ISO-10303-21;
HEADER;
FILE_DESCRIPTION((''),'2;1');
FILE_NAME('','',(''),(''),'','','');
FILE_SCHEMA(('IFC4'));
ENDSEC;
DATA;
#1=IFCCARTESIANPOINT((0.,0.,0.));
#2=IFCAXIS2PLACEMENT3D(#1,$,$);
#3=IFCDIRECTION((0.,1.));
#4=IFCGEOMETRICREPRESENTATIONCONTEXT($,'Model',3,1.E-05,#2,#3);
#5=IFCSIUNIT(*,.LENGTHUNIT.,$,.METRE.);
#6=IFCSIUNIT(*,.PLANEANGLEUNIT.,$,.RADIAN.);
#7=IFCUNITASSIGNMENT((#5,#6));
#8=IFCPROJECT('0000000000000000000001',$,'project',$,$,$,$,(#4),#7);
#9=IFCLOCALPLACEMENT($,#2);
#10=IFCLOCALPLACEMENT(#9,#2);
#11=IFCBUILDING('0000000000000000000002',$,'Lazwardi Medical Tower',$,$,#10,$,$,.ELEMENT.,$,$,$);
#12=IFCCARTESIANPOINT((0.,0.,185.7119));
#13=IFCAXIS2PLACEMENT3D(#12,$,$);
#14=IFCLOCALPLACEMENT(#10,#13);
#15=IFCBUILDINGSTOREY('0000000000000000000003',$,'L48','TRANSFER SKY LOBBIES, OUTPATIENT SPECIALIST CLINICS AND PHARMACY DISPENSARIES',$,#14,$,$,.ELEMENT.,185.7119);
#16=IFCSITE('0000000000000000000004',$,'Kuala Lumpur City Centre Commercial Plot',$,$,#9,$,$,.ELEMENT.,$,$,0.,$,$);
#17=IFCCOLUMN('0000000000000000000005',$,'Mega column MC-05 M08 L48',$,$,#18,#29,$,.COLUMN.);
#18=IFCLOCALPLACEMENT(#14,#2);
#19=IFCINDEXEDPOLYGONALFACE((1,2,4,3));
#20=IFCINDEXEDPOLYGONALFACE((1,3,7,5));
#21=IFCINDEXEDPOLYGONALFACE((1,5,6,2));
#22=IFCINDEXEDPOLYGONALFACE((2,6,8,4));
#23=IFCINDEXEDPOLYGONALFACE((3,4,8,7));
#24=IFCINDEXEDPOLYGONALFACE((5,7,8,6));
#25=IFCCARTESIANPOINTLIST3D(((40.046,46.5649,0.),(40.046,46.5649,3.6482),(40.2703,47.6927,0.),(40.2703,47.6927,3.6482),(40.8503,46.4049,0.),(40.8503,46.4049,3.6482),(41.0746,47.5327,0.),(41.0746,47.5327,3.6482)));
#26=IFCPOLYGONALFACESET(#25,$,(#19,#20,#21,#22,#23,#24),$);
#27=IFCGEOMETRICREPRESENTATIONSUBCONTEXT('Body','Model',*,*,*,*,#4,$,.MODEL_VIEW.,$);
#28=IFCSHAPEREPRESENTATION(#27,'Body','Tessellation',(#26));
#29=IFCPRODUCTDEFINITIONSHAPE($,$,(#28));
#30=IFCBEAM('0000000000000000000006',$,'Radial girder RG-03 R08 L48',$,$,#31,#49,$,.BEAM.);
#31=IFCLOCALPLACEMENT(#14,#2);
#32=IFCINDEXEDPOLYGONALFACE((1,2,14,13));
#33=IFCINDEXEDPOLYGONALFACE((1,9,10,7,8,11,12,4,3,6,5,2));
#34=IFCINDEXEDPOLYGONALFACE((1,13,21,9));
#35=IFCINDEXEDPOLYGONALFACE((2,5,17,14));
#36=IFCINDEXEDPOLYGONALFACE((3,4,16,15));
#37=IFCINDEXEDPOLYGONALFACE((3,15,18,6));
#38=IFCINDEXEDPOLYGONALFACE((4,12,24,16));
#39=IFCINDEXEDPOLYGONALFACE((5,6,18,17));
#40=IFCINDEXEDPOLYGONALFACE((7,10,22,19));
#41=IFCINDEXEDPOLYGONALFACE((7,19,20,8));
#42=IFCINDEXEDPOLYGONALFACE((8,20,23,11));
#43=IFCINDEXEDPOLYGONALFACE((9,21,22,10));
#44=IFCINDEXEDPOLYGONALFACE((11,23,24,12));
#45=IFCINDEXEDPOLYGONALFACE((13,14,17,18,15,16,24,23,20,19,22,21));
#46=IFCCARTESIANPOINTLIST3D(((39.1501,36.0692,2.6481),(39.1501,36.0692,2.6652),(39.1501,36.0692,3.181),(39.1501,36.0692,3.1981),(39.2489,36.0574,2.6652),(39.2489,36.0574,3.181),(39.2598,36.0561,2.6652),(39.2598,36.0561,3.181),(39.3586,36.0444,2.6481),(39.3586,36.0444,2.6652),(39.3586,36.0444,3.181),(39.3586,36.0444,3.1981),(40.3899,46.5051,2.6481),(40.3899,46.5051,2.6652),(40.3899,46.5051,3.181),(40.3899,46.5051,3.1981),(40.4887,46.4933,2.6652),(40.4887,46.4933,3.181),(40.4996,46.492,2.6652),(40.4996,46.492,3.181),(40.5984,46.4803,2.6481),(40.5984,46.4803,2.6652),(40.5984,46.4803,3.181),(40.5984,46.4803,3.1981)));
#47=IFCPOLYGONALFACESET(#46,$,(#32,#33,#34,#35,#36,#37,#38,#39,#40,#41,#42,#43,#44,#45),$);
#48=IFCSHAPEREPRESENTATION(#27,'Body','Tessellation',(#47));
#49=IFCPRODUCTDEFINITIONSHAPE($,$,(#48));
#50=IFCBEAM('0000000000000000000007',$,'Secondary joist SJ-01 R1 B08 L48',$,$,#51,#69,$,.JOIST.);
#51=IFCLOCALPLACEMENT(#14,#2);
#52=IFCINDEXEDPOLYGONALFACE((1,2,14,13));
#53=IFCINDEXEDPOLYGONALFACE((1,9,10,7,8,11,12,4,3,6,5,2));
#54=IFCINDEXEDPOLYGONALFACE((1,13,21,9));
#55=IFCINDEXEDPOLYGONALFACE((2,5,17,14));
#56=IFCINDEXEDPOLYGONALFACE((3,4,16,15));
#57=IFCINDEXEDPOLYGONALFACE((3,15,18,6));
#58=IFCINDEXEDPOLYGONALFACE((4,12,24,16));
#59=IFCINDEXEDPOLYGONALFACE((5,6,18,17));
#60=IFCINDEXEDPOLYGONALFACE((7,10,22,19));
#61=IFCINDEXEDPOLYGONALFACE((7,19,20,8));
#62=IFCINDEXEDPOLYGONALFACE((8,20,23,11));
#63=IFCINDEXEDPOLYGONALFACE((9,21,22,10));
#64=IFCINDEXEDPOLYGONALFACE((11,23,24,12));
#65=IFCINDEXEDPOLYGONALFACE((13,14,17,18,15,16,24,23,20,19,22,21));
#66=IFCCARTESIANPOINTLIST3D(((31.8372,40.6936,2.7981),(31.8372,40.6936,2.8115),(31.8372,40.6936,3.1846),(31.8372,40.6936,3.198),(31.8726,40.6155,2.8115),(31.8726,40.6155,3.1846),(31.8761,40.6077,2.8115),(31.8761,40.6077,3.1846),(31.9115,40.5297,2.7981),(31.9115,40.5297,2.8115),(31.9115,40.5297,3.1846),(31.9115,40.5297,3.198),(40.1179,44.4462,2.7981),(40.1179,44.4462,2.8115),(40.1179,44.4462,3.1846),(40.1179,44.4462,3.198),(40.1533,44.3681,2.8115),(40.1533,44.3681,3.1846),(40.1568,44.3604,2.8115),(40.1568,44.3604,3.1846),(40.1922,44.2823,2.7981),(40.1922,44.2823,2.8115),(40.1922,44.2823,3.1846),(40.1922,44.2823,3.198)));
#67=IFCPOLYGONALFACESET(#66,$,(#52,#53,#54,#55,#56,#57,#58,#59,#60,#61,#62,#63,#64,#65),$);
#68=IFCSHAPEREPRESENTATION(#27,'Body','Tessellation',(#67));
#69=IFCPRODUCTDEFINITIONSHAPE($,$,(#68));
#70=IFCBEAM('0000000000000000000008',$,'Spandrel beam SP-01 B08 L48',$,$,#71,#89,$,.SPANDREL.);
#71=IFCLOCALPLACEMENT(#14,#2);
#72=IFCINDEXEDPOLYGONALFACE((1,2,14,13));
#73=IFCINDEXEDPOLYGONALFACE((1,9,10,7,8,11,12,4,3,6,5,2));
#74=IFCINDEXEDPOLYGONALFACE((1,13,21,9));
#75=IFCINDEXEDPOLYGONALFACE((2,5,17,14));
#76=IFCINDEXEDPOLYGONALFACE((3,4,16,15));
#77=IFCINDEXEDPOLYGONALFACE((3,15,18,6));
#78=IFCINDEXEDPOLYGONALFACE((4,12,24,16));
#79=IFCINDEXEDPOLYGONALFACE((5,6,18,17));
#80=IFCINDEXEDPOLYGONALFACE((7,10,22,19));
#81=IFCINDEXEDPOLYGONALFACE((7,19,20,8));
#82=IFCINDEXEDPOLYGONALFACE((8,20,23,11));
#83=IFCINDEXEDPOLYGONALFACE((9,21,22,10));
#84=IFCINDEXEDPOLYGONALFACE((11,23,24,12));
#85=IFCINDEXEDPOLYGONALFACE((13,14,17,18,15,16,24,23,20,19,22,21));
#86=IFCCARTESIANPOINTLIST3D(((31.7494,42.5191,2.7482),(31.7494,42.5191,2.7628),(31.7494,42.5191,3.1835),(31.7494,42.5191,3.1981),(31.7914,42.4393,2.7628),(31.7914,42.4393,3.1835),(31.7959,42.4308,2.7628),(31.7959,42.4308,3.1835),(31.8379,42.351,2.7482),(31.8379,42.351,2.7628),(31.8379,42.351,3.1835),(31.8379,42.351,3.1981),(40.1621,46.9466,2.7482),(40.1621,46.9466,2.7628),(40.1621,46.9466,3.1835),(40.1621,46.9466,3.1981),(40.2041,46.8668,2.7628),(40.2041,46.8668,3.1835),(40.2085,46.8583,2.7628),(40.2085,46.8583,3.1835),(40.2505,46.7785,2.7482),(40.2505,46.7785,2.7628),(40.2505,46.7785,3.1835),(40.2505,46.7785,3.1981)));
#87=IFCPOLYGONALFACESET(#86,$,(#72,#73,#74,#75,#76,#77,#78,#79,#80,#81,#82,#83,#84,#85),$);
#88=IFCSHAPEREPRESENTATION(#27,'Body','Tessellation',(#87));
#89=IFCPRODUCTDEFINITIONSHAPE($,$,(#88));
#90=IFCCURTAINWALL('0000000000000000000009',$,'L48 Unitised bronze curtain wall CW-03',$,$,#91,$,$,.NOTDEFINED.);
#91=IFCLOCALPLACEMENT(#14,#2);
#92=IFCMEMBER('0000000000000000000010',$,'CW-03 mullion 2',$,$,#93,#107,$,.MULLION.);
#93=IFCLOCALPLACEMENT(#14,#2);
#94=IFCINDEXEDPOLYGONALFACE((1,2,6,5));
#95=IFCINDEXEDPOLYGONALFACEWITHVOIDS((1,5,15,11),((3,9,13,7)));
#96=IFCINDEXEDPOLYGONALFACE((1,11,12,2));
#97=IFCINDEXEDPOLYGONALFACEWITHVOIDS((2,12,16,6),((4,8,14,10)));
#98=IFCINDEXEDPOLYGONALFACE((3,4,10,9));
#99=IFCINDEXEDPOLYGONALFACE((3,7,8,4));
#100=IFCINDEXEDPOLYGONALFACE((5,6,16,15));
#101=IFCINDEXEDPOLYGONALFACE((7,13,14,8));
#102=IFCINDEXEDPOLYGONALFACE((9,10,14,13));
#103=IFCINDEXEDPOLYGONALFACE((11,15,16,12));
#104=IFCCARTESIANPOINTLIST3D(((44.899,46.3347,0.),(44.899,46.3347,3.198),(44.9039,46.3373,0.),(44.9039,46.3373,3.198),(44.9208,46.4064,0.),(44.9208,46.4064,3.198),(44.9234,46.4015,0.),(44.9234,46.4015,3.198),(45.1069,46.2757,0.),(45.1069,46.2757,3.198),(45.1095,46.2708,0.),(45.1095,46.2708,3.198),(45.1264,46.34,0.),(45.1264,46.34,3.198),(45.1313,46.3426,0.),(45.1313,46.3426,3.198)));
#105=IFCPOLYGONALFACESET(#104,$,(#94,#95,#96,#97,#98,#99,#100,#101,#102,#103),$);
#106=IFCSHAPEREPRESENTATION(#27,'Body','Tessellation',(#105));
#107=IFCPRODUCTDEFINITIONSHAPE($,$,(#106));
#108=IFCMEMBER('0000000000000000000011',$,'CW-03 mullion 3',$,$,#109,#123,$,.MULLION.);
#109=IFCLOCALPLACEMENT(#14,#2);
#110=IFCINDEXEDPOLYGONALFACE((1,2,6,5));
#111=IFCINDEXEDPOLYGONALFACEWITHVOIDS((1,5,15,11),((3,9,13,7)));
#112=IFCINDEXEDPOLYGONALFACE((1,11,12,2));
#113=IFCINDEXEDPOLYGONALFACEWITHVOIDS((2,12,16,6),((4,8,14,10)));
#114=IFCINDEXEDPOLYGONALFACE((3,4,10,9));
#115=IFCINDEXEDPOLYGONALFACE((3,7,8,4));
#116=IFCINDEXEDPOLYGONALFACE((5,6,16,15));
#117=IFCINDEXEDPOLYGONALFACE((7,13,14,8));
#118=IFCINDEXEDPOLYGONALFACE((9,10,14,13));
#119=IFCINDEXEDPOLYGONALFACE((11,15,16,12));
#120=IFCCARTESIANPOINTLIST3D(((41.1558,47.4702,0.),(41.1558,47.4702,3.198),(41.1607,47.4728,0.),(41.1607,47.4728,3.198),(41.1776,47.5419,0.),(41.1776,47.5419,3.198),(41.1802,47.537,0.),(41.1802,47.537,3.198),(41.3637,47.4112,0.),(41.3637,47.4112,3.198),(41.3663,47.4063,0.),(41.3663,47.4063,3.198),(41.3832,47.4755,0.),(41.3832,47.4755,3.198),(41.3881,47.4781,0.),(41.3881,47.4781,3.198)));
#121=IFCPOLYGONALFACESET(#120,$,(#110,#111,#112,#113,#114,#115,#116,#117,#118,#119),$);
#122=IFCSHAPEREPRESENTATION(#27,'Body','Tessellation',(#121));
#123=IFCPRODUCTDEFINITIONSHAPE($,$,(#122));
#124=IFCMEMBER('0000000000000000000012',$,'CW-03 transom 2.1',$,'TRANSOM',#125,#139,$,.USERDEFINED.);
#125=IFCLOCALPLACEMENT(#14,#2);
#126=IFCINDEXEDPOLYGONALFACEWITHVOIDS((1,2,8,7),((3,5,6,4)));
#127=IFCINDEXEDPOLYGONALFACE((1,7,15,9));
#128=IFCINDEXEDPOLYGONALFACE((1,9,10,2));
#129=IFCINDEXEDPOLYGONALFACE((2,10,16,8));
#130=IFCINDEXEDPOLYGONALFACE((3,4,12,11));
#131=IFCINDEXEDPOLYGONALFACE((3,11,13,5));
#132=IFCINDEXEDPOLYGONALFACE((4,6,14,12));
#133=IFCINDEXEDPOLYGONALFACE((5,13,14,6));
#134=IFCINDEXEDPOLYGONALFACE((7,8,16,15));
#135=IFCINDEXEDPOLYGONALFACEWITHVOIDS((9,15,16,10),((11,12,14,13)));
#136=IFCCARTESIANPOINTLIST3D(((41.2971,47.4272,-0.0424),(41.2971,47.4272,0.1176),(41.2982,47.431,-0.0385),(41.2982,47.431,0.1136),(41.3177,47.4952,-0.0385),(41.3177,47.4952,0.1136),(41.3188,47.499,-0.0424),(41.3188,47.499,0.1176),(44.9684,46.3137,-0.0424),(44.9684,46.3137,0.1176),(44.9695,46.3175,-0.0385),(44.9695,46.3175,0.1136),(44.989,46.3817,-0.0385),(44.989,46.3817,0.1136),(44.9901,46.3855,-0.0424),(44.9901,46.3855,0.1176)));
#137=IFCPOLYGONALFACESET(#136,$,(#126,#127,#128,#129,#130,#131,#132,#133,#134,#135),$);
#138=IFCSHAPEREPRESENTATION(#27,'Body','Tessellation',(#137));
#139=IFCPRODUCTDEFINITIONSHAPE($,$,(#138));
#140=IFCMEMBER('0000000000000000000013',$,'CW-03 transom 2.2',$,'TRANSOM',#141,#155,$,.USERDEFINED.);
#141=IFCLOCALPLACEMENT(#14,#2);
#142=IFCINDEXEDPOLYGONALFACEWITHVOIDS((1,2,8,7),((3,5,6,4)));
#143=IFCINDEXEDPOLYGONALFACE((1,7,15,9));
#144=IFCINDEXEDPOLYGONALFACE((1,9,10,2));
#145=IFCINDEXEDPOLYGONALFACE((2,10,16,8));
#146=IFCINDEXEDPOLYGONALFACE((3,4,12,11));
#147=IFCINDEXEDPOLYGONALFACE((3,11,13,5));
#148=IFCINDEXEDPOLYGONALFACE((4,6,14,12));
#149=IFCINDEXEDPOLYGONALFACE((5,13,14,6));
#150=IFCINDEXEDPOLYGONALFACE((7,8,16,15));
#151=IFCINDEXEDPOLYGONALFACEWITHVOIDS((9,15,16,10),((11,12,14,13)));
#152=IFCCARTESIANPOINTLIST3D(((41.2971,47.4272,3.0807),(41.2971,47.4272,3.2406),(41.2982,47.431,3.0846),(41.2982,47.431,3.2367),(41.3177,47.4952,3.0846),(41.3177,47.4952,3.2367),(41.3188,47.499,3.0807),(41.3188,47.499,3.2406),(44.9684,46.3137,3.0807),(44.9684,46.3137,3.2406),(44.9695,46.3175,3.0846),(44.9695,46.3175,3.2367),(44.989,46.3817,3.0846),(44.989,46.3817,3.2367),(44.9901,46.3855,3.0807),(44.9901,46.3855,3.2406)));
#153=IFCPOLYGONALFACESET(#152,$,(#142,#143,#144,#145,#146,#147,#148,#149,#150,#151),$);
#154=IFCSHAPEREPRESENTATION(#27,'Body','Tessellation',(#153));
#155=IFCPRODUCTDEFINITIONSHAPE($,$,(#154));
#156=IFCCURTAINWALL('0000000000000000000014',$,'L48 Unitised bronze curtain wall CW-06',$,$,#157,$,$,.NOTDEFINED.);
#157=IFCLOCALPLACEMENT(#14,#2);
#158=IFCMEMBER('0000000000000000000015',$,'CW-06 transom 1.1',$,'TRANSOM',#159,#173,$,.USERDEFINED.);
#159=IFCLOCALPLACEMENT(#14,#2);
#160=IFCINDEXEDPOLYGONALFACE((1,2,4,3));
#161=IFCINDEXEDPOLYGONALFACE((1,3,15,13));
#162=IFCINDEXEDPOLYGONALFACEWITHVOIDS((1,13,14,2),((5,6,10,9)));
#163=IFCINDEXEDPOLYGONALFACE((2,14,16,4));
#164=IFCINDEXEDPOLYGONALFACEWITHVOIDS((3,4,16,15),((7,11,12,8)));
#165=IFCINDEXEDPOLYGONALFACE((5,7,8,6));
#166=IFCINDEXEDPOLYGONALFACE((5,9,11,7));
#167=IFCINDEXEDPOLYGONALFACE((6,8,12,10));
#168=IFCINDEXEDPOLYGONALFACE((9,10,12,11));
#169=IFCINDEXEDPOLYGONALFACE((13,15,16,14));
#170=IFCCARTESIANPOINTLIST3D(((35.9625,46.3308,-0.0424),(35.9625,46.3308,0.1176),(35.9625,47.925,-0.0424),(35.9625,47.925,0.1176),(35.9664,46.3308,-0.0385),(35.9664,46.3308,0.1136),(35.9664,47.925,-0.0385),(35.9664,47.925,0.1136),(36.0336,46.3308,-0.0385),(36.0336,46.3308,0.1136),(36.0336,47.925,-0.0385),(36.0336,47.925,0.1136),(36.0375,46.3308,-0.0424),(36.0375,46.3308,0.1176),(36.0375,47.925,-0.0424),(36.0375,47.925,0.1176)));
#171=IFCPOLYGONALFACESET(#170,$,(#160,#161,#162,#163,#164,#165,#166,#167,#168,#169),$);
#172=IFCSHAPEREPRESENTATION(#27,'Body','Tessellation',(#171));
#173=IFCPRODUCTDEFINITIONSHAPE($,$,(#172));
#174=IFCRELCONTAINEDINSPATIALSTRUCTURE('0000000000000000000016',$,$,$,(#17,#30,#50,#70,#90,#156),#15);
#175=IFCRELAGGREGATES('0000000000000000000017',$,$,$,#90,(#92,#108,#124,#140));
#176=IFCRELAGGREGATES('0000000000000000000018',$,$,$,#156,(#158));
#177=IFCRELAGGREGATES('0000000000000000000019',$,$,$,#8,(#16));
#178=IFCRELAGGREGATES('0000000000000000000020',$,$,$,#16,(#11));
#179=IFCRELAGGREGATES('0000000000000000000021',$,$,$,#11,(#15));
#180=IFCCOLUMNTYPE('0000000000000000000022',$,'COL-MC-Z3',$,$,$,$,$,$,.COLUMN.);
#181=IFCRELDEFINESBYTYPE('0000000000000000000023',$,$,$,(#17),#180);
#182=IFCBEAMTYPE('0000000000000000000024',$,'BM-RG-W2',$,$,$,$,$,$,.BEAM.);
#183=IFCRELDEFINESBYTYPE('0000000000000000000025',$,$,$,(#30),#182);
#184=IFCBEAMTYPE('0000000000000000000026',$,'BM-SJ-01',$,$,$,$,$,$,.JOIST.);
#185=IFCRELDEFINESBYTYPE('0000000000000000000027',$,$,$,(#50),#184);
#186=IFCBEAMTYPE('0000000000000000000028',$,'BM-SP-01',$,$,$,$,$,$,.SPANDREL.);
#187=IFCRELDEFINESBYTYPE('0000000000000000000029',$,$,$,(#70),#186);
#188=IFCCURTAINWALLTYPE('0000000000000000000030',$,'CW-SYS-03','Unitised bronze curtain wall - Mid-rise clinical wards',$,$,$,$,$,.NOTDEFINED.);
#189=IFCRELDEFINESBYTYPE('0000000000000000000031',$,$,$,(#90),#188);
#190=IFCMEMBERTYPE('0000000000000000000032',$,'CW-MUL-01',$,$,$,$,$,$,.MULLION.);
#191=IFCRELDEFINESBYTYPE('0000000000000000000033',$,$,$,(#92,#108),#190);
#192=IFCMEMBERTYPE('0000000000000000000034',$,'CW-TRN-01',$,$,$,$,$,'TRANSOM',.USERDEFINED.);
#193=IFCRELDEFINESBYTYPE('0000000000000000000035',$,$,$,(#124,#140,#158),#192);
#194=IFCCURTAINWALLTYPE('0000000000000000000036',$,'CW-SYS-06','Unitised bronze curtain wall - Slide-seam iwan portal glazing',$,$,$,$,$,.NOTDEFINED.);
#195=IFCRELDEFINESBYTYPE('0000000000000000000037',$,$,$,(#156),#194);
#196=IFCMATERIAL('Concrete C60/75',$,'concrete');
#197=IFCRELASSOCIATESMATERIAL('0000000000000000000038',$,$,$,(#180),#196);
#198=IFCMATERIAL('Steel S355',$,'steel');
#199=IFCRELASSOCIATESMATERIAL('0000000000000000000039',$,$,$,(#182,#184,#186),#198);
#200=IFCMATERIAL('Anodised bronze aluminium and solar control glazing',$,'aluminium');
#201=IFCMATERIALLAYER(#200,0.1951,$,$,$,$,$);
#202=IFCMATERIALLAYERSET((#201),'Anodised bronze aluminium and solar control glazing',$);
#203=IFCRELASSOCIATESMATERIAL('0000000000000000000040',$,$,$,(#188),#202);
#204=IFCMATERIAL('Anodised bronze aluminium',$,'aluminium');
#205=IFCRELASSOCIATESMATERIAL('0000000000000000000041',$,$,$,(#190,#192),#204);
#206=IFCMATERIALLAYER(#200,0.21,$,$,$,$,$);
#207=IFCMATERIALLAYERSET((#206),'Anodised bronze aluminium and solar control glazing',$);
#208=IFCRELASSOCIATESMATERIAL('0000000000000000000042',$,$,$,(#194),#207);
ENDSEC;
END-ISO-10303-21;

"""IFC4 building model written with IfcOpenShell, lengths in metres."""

from ifc_helpers import new_model, si_unit, direction, frame, origin, origin_2d, place, context, subcontext, project, spatial, rectangle, hollow_rectangle, i_section, extrude, material, layer, layer_set, material_profile, profile_set, type_object, element, aggregate, save


model = new_model("IFC4")

# Units and contexts
model_context = context("Model", 3, precision=1e-05, world=origin(), true_north=direction((0.0, 1.0)))
body_context = subcontext(model_context, "Body", "Model", "MODEL_VIEW")
ifc_project = project(units=[si_unit("LENGTHUNIT", "METRE"), si_unit("PLANEANGLEUNIT", "RADIAN")], contexts=[model_context])

# Site, building, storey
site_placement = place(None, origin())
site = spatial("IfcSite", under=ifc_project, at=site_placement, Name="Kuala Lumpur City Centre Commercial Plot", CompositionType="ELEMENT", RefElevation=0.0)
building_placement = place(site_placement, origin())
building = spatial("IfcBuilding", under=site, at=building_placement, Name="Lazwardi Medical Tower", CompositionType="ELEMENT")
storey_placement = place(building_placement, frame((0.0, 0.0, 185.7119)))
storey = spatial("IfcBuildingStorey", under=building, at=storey_placement, Name="L48", Description="TRANSFER SKY LOBBIES, OUTPATIENT SPECIALIST CLINICS AND PHARMACY DISPENSARIES", CompositionType="ELEMENT", Elevation=185.7119)

# Column
ifc_material_1 = material(Name="Concrete C60/75", Category="concrete")
ifc_material_profile_1 = material_profile(ifc_material_1, rectangle(XDim=1.1499, YDim=0.8201, at=origin_2d()), Name="CFT-RECT 1150x820")
ifc_profile_set_1 = profile_set([ifc_material_profile_1], Name="Concrete C60/75")
column_type = type_object("IfcColumnType", Name="COL-MC-Z3", PredefinedType="COLUMN", material=ifc_profile_set_1)
column_placement = place(storey_placement, frame((40.5603, 47.0488, 0.0), z_axis=(0.0, 0.0, 1.0), x_axis=(0.19509, 0.980785, 0.0)))
element("IfcColumn", 1, at=column_placement, inside=storey, type_object=column_type, Name="Mega column MC-05 M08 L48", PredefinedType="COLUMN", context=body_context, shape_type="SweptSolid", body=[
    extrude(rectangle(XDim=1.1499, YDim=0.8201, at=origin_2d()), origin(), (0.0, 0.0, 1.0), 3.6482),
])

# Beams
ifc_material_2 = material(Name="Steel S355", Category="steel")
ifc_material_profile_2 = material_profile(ifc_material_2, i_section(OverallWidth=0.21, OverallDepth=0.55, WebThickness=0.011, FlangeThickness=0.0171, at=origin_2d()), Name="IPE 550")
ifc_profile_set_2 = profile_set([ifc_material_profile_2], Name="Steel S355")
beam_type_1 = type_object("IfcBeamType", Name="BM-RG-W2", PredefinedType="BEAM", material=ifc_profile_set_2)
beam_1_placement = place(storey_placement, frame((40.4941, 46.4927, 2.9231), z_axis=(-0.117968, -0.993017, 0.0), x_axis=(0.993017, -0.117968, 0.0)))
element("IfcBeam", 2, at=beam_1_placement, inside=storey, type_object=beam_type_1, Name="Radial girder RG-03 R08 L48", PredefinedType="BEAM", context=body_context, shape_type="SweptSolid", body=[
    extrude(i_section(OverallWidth=0.21, OverallDepth=0.55, WebThickness=0.011, FlangeThickness=0.0171, at=origin_2d()), origin(), (0.0, 0.0, 1.0), 10.5093),
])
ifc_material_profile_3 = material_profile(ifc_material_2, i_section(OverallWidth=0.1799, OverallDepth=0.3999, WebThickness=0.0085, FlangeThickness=0.0134, at=origin_2d()), Name="IPE 400")
ifc_profile_set_3 = profile_set([ifc_material_profile_3], Name="Steel S355")
beam_type_2 = type_object("IfcBeamType", Name="BM-SJ-01", PredefinedType="JOIST", material=ifc_profile_set_3)
beam_2_placement = place(storey_placement, frame((40.155, 44.3643, 2.998), z_axis=(-0.910834, -0.412773, 0.0), x_axis=(0.412773, -0.910834, 0.0)))
element("IfcBeam", 3, at=beam_2_placement, inside=storey, type_object=beam_type_2, Name="Secondary joist SJ-01 R1 B08 L48", PredefinedType="JOIST", context=body_context, shape_type="SweptSolid", body=[
    extrude(i_section(OverallWidth=0.1799, OverallDepth=0.3999, WebThickness=0.0085, FlangeThickness=0.0134, at=origin_2d()), origin(), (0.0, 0.0, 1.0), 9.0913),
])
ifc_material_profile_4 = material_profile(ifc_material_2, i_section(OverallWidth=0.1899, OverallDepth=0.45, WebThickness=0.0095, FlangeThickness=0.0146, at=origin_2d()), Name="IPE 450")
ifc_profile_set_4 = profile_set([ifc_material_profile_4], Name="Steel S355")
beam_type_3 = type_object("IfcBeamType", Name="BM-SP-01", PredefinedType="SPANDREL", material=ifc_profile_set_4)
beam_3_placement = place(storey_placement, frame((40.2063, 46.8625, 2.9731), z_axis=(-0.884927, -0.465731, 0.0), x_axis=(0.465731, -0.884927, 0.0)))
element("IfcBeam", 4, at=beam_3_placement, inside=storey, type_object=beam_type_3, Name="Spandrel beam SP-01 B08 L48", PredefinedType="SPANDREL", context=body_context, shape_type="SweptSolid", body=[
    extrude(i_section(OverallWidth=0.1899, OverallDepth=0.45, WebThickness=0.0095, FlangeThickness=0.0146, at=origin_2d()), origin(), (0.0, 0.0, 1.0), 9.5066),
])

# Curtain walls, members
ifc_material_3 = material(Name="Anodised bronze aluminium and solar control glazing", Category="aluminium")
ifc_layer_1 = layer(ifc_material_3, 0.1951)
ifc_layer_set_1 = layer_set([ifc_layer_1], Name="Anodised bronze aluminium and solar control glazing")
curtain_wall_type_1 = type_object("IfcCurtainWallType", Name="CW-SYS-03", Description="Unitised bronze curtain wall - Mid-rise clinical wards", PredefinedType="NOTDEFINED", material=ifc_layer_set_1)
curtain_wall_1_placement = place(storey_placement, origin())
curtain_wall_1 = element("IfcCurtainWall", 5, at=curtain_wall_1_placement, inside=storey, type_object=curtain_wall_type_1, Name="L48 Unitised bronze curtain wall CW-03", PredefinedType="NOTDEFINED")
ifc_material_4 = material(Name="Anodised bronze aluminium", Category="aluminium")
ifc_material_profile_5 = material_profile(ifc_material_4, hollow_rectangle(XDim=0.075, YDim=0.22, WallThickness=0.0039, at=origin_2d()), Name="ALU-MULLION 220x75x4")
ifc_profile_set_5 = profile_set([ifc_material_profile_5], Name="Anodised bronze aluminium")
member_type_1 = type_object("IfcMemberType", Name="CW-MUL-01", PredefinedType="MULLION", material=ifc_profile_set_5)
member_1_placement = place(storey_placement, frame((45.0151, 46.3386, 0.0), z_axis=(0.0, 0.0, 1.0), x_axis=(-0.290281, -0.956942, 0.0)))
member_1 = element("IfcMember", 6, at=member_1_placement, type_object=member_type_1, Name="CW-03 mullion 2", PredefinedType="MULLION", context=body_context, shape_type="SweptSolid", body=[
    extrude(hollow_rectangle(XDim=0.075, YDim=0.22, WallThickness=0.0039, at=origin_2d()), origin(), (0.0, 0.0, 1.0), 3.198),
])
member_2_placement = place(storey_placement, frame((41.272, 47.4741, 0.0), z_axis=(0.0, 0.0, 1.0), x_axis=(-0.290281, -0.956942, 0.0)))
member_2 = element("IfcMember", 7, at=member_2_placement, type_object=member_type_1, Name="CW-03 mullion 3", PredefinedType="MULLION", context=body_context, shape_type="SweptSolid", body=[
    extrude(hollow_rectangle(XDim=0.075, YDim=0.22, WallThickness=0.0039, at=origin_2d()), origin(), (0.0, 0.0, 1.0), 3.198),
])
ifc_material_profile_6 = material_profile(ifc_material_4, hollow_rectangle(XDim=0.075, YDim=0.1599, WallThickness=0.0039, at=origin_2d()), Name="ALU-TRANSOM 160x75x4")
ifc_profile_set_6 = profile_set([ifc_material_profile_6], Name="Anodised bronze aluminium")
member_type_2 = type_object("IfcMemberType", Name="CW-TRN-01", ElementType="TRANSOM", PredefinedType="USERDEFINED", material=ifc_profile_set_6)
member_3_placement = place(storey_placement, frame((44.9792, 46.3496, 0.0376), z_axis=(-0.956953, 0.290242, 0.0), x_axis=(-0.290242, -0.956953, 0.0)))
member_3 = element("IfcMember", 8, at=member_3_placement, type_object=member_type_2, Name="CW-03 transom 2.1", ObjectType="TRANSOM", PredefinedType="USERDEFINED", context=body_context, shape_type="SweptSolid", body=[
    extrude(hollow_rectangle(XDim=0.075, YDim=0.1599, WallThickness=0.0039, at=origin_2d()), origin(), (0.0, 0.0, 1.0), 3.8364),
])
member_4_placement = place(storey_placement, frame((44.9792, 46.3496, 3.1606), z_axis=(-0.956953, 0.290242, 0.0), x_axis=(-0.290242, -0.956953, 0.0)))
member_4 = element("IfcMember", 9, at=member_4_placement, type_object=member_type_2, Name="CW-03 transom 2.2", ObjectType="TRANSOM", PredefinedType="USERDEFINED", context=body_context, shape_type="SweptSolid", body=[
    extrude(hollow_rectangle(XDim=0.075, YDim=0.1599, WallThickness=0.0039, at=origin_2d()), origin(), (0.0, 0.0, 1.0), 3.8364),
])
ifc_layer_2 = layer(ifc_material_3, 0.21)
ifc_layer_set_2 = layer_set([ifc_layer_2], Name="Anodised bronze aluminium and solar control glazing")
curtain_wall_type_2 = type_object("IfcCurtainWallType", Name="CW-SYS-06", Description="Unitised bronze curtain wall - Slide-seam iwan portal glazing", PredefinedType="NOTDEFINED", material=ifc_layer_set_2)
curtain_wall_2_placement = place(storey_placement, origin())
curtain_wall_2 = element("IfcCurtainWall", 10, at=curtain_wall_2_placement, inside=storey, type_object=curtain_wall_type_2, Name="L48 Unitised bronze curtain wall CW-06", PredefinedType="NOTDEFINED")
member_5_placement = place(storey_placement, frame((36.0, 47.925, 0.0376), z_axis=(0.0, -1.0, 0.0), x_axis=(1.0, 0.0, 0.0)))
member_5 = element("IfcMember", 11, at=member_5_placement, type_object=member_type_2, Name="CW-06 transom 1.1", ObjectType="TRANSOM", PredefinedType="USERDEFINED", context=body_context, shape_type="SweptSolid", body=[
    extrude(hollow_rectangle(XDim=0.075, YDim=0.1599, WallThickness=0.0039, at=origin_2d()), origin(), (0.0, 0.0, 1.0), 1.5942),
])

aggregate(curtain_wall_1, [member_1, member_2, member_3, member_4])
aggregate(curtain_wall_2, [member_5])

save(model, "model.ifc")
